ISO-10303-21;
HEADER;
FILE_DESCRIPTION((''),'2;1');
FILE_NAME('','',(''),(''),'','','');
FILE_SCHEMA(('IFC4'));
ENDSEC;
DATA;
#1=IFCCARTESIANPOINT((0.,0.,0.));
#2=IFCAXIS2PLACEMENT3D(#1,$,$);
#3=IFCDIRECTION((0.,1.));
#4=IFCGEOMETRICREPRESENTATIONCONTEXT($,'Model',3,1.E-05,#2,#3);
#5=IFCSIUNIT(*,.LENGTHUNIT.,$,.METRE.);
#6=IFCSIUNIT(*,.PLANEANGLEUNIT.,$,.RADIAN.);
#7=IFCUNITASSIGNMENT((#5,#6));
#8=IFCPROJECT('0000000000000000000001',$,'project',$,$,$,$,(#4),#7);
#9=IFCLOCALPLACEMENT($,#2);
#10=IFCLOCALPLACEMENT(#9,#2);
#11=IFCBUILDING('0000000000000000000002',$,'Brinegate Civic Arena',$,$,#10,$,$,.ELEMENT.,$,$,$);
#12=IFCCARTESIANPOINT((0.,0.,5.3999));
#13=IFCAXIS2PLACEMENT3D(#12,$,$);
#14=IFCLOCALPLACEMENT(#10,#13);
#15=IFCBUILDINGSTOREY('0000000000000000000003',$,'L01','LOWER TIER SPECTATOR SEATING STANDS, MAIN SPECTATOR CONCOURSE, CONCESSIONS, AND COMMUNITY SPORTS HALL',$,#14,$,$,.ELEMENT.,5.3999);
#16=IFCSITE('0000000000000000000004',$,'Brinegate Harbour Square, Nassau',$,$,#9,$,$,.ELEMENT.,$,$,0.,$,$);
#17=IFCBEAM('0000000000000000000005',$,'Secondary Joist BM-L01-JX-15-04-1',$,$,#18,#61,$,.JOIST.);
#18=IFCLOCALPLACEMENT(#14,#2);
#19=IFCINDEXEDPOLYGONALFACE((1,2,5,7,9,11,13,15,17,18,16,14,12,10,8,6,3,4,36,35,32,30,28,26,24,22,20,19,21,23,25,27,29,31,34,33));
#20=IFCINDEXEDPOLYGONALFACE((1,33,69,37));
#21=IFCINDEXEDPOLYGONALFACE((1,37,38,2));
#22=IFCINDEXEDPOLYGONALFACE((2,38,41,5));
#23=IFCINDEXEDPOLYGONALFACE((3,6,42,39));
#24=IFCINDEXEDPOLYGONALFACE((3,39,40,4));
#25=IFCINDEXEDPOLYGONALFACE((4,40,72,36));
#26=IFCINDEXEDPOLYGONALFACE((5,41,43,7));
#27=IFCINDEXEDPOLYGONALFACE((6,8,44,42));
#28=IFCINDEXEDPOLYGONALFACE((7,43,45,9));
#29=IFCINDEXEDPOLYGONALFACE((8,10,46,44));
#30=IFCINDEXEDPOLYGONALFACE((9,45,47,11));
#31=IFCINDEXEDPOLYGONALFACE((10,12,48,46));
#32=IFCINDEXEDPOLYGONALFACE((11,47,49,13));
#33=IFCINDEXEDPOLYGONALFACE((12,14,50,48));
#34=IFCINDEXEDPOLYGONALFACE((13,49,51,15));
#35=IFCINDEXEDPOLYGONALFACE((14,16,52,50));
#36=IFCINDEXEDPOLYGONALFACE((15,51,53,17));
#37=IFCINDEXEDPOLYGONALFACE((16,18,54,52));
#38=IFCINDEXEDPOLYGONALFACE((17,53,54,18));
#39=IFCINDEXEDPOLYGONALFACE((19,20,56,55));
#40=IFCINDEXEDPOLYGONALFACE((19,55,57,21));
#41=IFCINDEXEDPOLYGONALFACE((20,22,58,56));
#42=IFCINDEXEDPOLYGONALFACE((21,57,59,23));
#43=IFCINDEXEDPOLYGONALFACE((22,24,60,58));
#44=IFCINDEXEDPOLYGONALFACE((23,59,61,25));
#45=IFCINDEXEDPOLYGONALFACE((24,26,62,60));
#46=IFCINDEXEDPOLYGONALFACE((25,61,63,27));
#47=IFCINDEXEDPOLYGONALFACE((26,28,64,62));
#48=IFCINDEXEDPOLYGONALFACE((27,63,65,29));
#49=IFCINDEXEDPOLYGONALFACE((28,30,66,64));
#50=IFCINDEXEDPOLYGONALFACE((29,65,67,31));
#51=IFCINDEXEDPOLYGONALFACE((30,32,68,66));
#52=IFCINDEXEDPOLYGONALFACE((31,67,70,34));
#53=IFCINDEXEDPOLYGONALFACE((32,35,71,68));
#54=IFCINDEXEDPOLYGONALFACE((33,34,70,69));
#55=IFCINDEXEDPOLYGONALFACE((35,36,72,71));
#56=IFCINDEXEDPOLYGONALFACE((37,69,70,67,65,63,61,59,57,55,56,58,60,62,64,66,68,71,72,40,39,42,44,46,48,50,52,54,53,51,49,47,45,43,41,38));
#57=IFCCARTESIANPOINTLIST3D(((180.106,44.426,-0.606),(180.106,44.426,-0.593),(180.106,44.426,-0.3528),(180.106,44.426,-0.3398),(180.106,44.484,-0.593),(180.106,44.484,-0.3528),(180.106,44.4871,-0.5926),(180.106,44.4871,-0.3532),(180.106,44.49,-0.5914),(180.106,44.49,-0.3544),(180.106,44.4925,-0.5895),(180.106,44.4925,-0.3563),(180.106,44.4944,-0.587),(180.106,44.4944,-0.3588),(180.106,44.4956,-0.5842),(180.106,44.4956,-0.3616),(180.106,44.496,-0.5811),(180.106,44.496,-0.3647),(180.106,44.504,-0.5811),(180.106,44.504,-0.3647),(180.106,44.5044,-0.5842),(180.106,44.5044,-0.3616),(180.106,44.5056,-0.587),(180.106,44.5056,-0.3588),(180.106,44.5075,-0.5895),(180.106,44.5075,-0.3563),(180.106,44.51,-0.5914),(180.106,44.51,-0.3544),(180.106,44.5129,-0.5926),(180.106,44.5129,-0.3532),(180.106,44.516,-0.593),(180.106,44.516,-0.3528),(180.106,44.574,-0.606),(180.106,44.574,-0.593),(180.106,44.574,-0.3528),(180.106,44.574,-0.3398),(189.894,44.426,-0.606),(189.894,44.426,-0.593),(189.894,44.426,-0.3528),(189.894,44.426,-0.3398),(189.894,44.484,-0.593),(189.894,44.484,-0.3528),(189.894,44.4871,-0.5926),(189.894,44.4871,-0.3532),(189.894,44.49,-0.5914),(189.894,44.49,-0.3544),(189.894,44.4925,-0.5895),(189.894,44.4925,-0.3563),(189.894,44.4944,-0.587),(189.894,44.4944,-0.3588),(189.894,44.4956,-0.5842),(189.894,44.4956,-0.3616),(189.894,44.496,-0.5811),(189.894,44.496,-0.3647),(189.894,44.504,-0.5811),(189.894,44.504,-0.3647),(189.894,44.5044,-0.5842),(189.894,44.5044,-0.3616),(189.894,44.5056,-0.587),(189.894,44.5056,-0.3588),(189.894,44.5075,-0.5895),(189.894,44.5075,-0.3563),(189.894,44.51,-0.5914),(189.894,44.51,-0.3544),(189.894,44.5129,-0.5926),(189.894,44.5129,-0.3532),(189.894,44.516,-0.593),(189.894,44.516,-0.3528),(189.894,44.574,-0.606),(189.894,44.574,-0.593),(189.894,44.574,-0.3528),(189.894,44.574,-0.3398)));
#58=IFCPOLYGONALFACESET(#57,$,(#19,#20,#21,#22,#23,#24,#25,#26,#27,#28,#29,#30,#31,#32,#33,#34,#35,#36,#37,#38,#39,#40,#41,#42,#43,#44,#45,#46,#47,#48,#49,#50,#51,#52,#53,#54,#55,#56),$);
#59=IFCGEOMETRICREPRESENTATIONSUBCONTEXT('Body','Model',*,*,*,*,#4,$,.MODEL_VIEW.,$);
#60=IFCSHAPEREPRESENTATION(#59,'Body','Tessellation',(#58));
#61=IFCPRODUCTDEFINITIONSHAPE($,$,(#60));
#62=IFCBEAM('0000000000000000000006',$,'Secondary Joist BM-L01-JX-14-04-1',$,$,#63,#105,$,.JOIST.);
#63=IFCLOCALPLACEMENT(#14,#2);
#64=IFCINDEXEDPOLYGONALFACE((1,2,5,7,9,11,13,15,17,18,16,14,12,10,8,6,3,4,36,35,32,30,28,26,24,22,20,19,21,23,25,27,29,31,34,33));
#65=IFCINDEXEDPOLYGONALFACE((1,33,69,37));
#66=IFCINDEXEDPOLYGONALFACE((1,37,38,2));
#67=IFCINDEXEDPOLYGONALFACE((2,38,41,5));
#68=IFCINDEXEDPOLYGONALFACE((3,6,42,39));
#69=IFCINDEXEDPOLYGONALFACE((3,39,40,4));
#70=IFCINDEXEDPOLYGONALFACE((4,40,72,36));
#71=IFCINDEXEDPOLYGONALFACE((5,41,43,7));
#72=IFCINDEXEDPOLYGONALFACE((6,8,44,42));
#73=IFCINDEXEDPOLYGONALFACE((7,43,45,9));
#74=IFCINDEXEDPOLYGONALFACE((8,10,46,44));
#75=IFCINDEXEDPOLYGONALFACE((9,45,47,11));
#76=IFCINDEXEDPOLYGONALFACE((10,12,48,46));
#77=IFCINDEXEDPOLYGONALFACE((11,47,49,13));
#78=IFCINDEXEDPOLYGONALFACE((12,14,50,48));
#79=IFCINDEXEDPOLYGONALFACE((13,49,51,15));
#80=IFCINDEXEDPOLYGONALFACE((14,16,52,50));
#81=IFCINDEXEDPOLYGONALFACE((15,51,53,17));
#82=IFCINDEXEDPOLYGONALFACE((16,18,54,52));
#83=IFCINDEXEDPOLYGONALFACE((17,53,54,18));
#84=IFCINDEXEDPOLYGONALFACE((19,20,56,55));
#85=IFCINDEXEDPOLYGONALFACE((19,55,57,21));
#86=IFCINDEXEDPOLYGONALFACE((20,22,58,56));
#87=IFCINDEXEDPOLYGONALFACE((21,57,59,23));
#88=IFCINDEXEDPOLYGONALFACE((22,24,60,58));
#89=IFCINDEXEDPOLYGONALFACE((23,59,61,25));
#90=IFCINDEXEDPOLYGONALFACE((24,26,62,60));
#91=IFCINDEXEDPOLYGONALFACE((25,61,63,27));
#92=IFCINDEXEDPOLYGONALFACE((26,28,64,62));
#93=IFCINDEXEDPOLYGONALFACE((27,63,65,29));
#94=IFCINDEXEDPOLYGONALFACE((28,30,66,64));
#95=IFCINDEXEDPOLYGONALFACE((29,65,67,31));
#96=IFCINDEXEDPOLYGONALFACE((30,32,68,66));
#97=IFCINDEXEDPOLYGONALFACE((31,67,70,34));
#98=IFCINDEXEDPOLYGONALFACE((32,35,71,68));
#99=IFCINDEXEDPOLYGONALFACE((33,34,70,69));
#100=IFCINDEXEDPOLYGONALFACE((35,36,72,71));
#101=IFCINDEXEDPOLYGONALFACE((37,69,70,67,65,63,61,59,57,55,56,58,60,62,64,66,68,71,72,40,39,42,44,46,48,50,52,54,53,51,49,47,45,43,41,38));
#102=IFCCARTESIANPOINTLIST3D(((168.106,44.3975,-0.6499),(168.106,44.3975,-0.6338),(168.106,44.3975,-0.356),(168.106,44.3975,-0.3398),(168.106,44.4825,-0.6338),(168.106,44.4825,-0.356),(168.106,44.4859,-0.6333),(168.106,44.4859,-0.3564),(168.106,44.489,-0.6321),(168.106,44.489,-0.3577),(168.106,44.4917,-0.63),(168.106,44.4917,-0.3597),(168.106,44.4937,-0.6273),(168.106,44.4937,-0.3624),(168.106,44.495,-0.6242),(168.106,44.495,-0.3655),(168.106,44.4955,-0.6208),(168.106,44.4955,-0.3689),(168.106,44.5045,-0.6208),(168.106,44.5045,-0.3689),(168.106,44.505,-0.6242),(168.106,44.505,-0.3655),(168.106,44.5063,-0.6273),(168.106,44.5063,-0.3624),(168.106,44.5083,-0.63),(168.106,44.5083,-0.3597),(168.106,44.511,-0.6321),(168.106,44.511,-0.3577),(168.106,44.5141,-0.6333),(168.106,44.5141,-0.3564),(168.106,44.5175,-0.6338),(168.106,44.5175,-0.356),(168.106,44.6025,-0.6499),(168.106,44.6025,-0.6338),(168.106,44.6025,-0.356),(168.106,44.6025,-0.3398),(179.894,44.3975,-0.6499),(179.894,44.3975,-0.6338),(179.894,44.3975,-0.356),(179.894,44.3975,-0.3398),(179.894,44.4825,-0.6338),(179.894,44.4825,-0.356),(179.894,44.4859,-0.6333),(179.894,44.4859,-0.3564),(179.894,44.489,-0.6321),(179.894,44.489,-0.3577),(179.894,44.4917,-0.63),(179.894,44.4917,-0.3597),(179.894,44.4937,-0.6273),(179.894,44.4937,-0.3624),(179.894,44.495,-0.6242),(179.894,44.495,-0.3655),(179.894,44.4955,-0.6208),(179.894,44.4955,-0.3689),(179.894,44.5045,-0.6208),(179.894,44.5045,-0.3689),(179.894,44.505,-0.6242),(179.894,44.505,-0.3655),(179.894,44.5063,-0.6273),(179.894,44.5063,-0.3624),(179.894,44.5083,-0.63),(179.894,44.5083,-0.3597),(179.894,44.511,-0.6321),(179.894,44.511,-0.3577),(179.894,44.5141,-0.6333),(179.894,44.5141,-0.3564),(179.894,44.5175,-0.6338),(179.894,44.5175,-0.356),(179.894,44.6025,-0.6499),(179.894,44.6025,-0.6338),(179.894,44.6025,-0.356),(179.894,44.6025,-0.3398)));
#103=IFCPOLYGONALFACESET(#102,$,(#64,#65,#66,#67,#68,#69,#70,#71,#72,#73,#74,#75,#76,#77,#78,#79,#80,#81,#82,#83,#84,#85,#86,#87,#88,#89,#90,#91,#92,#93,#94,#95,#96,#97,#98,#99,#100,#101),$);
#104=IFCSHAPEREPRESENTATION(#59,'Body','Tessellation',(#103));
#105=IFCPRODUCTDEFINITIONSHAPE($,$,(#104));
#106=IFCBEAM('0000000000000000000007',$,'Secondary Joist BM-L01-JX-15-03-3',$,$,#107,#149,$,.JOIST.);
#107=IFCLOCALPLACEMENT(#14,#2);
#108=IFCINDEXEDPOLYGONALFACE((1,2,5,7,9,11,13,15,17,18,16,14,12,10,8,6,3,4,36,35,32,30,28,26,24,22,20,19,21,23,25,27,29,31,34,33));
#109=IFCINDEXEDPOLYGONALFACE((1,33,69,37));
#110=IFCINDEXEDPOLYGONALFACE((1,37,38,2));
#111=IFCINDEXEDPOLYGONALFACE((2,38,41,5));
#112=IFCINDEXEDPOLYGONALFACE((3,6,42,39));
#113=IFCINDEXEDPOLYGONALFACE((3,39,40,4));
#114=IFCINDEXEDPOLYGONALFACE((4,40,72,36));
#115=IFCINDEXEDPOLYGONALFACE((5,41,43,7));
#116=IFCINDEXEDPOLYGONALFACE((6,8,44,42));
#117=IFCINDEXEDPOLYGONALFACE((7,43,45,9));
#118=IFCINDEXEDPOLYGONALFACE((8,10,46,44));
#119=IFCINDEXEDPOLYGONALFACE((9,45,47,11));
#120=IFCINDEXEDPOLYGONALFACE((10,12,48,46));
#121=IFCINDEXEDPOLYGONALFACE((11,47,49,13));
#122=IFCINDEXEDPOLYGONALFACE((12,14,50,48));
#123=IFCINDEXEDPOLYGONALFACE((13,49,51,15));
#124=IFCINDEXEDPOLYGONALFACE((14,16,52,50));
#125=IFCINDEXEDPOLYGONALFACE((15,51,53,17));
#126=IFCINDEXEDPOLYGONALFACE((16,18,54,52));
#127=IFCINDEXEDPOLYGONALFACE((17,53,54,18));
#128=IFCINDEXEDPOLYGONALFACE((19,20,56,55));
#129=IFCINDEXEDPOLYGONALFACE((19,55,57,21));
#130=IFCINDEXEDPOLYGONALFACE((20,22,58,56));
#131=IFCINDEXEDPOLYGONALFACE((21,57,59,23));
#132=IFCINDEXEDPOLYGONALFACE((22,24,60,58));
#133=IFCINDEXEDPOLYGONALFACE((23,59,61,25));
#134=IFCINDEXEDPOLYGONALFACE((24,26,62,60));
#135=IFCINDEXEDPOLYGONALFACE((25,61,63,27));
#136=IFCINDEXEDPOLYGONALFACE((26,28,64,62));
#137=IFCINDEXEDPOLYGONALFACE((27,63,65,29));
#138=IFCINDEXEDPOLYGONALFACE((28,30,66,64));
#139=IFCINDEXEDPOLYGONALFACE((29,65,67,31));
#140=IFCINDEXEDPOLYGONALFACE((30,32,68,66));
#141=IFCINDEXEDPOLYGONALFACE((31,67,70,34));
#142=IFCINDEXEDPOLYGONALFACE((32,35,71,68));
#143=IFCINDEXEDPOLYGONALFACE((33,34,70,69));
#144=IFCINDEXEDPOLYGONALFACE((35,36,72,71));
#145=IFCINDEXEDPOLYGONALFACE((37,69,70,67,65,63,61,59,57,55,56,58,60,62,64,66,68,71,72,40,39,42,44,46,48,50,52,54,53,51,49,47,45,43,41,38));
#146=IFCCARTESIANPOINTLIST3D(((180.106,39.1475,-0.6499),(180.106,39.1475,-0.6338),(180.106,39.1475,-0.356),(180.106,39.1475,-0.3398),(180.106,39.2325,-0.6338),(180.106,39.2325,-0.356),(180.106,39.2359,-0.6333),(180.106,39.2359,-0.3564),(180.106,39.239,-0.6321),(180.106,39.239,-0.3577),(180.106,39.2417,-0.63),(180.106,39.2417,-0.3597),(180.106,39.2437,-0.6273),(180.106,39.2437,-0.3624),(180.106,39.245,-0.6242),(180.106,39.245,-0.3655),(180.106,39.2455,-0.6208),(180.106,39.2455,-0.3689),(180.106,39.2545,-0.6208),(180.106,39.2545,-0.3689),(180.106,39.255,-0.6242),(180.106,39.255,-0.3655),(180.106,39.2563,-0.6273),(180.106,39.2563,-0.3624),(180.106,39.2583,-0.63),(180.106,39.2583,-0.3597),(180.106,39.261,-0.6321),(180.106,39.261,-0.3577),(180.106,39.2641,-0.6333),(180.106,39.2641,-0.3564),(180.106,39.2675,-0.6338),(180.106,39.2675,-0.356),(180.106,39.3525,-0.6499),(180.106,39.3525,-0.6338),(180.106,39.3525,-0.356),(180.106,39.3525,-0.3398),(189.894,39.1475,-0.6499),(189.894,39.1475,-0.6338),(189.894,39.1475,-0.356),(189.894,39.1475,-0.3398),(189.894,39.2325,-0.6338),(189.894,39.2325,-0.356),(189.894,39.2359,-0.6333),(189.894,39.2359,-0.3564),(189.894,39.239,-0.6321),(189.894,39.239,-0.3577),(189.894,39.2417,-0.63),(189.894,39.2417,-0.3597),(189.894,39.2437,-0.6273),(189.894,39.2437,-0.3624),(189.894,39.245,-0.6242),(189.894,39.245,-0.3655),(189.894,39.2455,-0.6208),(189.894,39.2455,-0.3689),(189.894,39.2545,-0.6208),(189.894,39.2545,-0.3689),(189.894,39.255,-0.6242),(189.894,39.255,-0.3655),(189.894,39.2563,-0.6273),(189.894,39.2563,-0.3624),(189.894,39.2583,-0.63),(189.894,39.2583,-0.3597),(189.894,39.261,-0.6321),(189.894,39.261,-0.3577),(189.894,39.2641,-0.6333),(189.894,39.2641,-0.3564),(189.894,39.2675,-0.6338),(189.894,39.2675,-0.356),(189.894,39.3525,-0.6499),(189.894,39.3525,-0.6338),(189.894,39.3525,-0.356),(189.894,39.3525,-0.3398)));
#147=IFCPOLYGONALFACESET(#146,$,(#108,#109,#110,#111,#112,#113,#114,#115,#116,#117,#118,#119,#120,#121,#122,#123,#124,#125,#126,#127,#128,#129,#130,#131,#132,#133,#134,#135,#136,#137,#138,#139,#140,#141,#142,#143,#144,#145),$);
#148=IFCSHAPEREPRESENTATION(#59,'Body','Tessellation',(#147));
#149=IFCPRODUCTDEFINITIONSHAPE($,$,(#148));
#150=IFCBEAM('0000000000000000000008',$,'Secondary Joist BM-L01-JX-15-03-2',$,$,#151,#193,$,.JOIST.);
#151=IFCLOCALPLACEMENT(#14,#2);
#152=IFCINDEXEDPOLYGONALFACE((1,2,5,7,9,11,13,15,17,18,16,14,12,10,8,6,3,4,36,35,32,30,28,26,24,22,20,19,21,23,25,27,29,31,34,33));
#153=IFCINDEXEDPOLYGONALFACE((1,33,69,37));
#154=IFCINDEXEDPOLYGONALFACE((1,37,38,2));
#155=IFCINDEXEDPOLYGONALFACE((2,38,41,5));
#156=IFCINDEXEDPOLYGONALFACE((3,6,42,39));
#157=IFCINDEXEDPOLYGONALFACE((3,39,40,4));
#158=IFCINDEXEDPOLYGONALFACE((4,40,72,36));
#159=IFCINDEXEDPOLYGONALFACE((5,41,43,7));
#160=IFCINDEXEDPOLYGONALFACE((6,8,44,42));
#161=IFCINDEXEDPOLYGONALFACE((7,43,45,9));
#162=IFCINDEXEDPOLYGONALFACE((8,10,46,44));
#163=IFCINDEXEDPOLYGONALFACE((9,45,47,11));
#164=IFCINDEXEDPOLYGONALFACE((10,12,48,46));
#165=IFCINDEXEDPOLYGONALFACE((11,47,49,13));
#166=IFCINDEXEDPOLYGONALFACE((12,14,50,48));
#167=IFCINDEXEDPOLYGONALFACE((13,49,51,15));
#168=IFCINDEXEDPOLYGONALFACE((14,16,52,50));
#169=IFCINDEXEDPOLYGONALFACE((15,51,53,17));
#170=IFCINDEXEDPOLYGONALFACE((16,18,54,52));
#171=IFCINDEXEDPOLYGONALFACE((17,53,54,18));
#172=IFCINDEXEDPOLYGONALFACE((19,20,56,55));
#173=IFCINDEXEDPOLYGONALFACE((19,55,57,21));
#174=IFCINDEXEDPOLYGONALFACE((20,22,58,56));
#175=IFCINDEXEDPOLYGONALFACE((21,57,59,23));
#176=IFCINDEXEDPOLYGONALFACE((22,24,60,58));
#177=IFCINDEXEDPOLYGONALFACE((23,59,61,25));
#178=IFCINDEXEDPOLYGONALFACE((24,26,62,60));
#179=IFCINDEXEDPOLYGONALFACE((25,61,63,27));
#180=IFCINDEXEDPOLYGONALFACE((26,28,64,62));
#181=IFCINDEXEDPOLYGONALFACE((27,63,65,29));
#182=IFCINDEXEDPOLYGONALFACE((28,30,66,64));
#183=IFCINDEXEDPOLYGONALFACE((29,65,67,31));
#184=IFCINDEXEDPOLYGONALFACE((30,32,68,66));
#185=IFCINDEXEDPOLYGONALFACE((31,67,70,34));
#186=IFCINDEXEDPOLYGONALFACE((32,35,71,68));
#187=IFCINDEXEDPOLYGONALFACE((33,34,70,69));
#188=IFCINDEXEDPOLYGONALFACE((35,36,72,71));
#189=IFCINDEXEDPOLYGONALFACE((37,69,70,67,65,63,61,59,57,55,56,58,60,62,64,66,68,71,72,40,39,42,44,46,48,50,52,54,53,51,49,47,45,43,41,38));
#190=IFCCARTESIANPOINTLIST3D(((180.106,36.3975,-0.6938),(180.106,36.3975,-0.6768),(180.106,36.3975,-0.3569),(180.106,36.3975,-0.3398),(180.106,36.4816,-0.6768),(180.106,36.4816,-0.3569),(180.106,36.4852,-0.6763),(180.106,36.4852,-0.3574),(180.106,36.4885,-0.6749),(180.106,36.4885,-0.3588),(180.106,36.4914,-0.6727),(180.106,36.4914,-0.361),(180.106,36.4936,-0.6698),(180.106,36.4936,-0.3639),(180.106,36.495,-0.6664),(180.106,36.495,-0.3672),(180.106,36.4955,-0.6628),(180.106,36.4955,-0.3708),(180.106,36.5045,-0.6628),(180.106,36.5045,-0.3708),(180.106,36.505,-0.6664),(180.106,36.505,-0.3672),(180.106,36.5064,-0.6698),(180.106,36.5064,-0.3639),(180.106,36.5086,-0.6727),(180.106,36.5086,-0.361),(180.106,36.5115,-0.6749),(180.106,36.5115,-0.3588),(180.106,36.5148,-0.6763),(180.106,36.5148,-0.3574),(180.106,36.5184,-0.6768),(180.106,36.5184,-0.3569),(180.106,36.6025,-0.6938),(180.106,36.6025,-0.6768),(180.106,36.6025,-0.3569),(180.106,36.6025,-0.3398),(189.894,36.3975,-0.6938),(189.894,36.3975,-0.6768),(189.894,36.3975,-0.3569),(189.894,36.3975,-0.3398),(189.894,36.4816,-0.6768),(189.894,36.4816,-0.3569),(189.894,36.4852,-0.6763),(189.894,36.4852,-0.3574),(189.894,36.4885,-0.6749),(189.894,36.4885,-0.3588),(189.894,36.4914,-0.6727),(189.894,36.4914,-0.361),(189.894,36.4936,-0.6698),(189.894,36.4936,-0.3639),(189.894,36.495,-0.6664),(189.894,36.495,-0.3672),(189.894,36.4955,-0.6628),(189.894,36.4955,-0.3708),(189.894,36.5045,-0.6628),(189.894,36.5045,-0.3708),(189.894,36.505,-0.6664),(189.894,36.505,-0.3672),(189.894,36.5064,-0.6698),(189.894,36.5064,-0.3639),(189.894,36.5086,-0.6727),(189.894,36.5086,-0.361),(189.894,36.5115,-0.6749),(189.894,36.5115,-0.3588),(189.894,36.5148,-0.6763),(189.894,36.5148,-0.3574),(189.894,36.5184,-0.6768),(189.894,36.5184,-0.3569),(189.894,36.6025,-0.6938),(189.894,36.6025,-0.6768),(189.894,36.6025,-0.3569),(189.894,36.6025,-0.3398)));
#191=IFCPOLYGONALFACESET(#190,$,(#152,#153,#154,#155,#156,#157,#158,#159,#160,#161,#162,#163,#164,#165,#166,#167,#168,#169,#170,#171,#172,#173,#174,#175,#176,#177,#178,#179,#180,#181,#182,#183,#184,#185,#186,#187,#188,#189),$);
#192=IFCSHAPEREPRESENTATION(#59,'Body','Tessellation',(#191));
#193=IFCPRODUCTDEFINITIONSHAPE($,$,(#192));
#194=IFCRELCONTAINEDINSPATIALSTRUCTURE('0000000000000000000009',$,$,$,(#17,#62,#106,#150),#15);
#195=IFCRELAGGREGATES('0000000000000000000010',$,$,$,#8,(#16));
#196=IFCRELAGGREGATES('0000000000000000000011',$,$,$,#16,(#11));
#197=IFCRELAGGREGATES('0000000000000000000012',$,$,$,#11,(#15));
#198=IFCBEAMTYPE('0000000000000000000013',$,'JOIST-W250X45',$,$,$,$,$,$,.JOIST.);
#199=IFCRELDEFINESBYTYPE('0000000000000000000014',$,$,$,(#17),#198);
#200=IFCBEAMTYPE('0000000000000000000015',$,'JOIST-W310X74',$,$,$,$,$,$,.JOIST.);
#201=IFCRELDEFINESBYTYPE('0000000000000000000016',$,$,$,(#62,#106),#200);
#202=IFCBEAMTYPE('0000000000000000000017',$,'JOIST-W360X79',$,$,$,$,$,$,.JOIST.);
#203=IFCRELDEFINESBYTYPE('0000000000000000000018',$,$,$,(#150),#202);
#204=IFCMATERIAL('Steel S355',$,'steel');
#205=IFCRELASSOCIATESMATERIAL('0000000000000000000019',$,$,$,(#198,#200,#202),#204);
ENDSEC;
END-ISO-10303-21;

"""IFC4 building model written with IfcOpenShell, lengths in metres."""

from ifc_helpers import new_model, si_unit, direction, frame, origin, origin_2d, place, context, subcontext, project, spatial, i_section, extrude, material, material_profile, profile_set, type_object, element, save


model = new_model("IFC4")

# Units and contexts
model_context = context("Model", 3, precision=1e-05, world=origin(), true_north=direction((0.0, 1.0)))
body_context = subcontext(model_context, "Body", "Model", "MODEL_VIEW")
ifc_project = project(units=[si_unit("LENGTHUNIT", "METRE"), si_unit("PLANEANGLEUNIT", "RADIAN")], contexts=[model_context])

# Site, building, storey
site_placement = place(None, origin())
site = spatial("IfcSite", under=ifc_project, at=site_placement, Name="Brinegate Harbour Square, Nassau", CompositionType="ELEMENT", RefElevation=0.0)
building_placement = place(site_placement, origin())
building = spatial("IfcBuilding", under=site, at=building_placement, Name="Brinegate Civic Arena", CompositionType="ELEMENT")
storey_placement = place(building_placement, frame((0.0, 0.0, 5.3999)))
storey = spatial("IfcBuildingStorey", under=building, at=storey_placement, Name="L01", Description="LOWER TIER SPECTATOR SEATING STANDS, MAIN SPECTATOR CONCOURSE, CONCESSIONS, AND COMMUNITY SPORTS HALL", CompositionType="ELEMENT", Elevation=5.3999)

# Beams
ifc_material_1 = material(Name="Steel S355", Category="steel")
ifc_material_profile_1 = material_profile(ifc_material_1, i_section(OverallWidth=0.1479, OverallDepth=0.2661, WebThickness=0.0081, FlangeThickness=0.0129, FilletRadius=0.012, at=origin_2d()), Name="W250X45")
ifc_profile_set_1 = profile_set([ifc_material_profile_1], Name="Steel S355")
beam_type_1 = type_object("IfcBeamType", Name="JOIST-W250X45", PredefinedType="JOIST", material=ifc_profile_set_1)
beam_1_placement = place(storey_placement, frame((180.106, 44.5, -0.4729), z_axis=(1.0, 0.0, 0.0), x_axis=(0.0, 1.0, 0.0)))
element("IfcBeam", 1, at=beam_1_placement, inside=storey, type_object=beam_type_1, Name="Secondary Joist BM-L01-JX-15-04-1", PredefinedType="JOIST", context=body_context, shape_type="SweptSolid", body=[
    extrude(i_section(OverallWidth=0.1479, OverallDepth=0.2661, WebThickness=0.0081, FlangeThickness=0.0129, FilletRadius=0.012, at=origin_2d()), origin(), (0.0, 0.0, 1.0), 9.7881),
])
ifc_material_profile_2 = material_profile(ifc_material_1, i_section(OverallWidth=0.2051, OverallDepth=0.3101, WebThickness=0.009, FlangeThickness=0.0161, FilletRadius=0.0129, at=origin_2d()), Name="W310X74")
ifc_profile_set_2 = profile_set([ifc_material_profile_2], Name="Steel S355")
beam_type_2 = type_object("IfcBeamType", Name="JOIST-W310X74", PredefinedType="JOIST", material=ifc_profile_set_2)
beam_2_placement = place(storey_placement, frame((168.106, 44.5, -0.4949), z_axis=(1.0, 0.0, 0.0), x_axis=(0.0, 1.0, 0.0)))
element("IfcBeam", 2, at=beam_2_placement, inside=storey, type_object=beam_type_2, Name="Secondary Joist BM-L01-JX-14-04-1", PredefinedType="JOIST", context=body_context, shape_type="SweptSolid", body=[
    extrude(i_section(OverallWidth=0.2051, OverallDepth=0.3101, WebThickness=0.009, FlangeThickness=0.0161, FilletRadius=0.0129, at=origin_2d()), origin(), (0.0, 0.0, 1.0), 11.7881),
])
beam_3_placement = place(storey_placement, frame((180.106, 39.25, -0.4949), z_axis=(1.0, 0.0, 0.0), x_axis=(0.0, 1.0, 0.0)))
element("IfcBeam", 3, at=beam_3_placement, inside=storey, type_object=beam_type_2, Name="Secondary Joist BM-L01-JX-15-03-3", PredefinedType="JOIST", context=body_context, shape_type="SweptSolid", body=[
    extrude(i_section(OverallWidth=0.2051, OverallDepth=0.3101, WebThickness=0.009, FlangeThickness=0.0161, FilletRadius=0.0129, at=origin_2d()), origin(), (0.0, 0.0, 1.0), 9.7881),
])
ifc_material_profile_3 = material_profile(ifc_material_1, i_section(OverallWidth=0.2051, OverallDepth=0.354, WebThickness=0.009, FlangeThickness=0.0171, FilletRadius=0.0139, at=origin_2d()), Name="W360X79")
ifc_profile_set_3 = profile_set([ifc_material_profile_3], Name="Steel S355")
beam_type_3 = type_object("IfcBeamType", Name="JOIST-W360X79", PredefinedType="JOIST", material=ifc_profile_set_3)
beam_4_placement = place(storey_placement, frame((180.106, 36.5, -0.5168), z_axis=(1.0, 0.0, 0.0), x_axis=(0.0, 1.0, 0.0)))
element("IfcBeam", 4, at=beam_4_placement, inside=storey, type_object=beam_type_3, Name="Secondary Joist BM-L01-JX-15-03-2", PredefinedType="JOIST", context=body_context, shape_type="SweptSolid", body=[
    extrude(i_section(OverallWidth=0.2051, OverallDepth=0.354, WebThickness=0.009, FlangeThickness=0.0171, FilletRadius=0.0139, at=origin_2d()), origin(), (0.0, 0.0, 1.0), 9.7881),
])

save(model, "model.ifc")
